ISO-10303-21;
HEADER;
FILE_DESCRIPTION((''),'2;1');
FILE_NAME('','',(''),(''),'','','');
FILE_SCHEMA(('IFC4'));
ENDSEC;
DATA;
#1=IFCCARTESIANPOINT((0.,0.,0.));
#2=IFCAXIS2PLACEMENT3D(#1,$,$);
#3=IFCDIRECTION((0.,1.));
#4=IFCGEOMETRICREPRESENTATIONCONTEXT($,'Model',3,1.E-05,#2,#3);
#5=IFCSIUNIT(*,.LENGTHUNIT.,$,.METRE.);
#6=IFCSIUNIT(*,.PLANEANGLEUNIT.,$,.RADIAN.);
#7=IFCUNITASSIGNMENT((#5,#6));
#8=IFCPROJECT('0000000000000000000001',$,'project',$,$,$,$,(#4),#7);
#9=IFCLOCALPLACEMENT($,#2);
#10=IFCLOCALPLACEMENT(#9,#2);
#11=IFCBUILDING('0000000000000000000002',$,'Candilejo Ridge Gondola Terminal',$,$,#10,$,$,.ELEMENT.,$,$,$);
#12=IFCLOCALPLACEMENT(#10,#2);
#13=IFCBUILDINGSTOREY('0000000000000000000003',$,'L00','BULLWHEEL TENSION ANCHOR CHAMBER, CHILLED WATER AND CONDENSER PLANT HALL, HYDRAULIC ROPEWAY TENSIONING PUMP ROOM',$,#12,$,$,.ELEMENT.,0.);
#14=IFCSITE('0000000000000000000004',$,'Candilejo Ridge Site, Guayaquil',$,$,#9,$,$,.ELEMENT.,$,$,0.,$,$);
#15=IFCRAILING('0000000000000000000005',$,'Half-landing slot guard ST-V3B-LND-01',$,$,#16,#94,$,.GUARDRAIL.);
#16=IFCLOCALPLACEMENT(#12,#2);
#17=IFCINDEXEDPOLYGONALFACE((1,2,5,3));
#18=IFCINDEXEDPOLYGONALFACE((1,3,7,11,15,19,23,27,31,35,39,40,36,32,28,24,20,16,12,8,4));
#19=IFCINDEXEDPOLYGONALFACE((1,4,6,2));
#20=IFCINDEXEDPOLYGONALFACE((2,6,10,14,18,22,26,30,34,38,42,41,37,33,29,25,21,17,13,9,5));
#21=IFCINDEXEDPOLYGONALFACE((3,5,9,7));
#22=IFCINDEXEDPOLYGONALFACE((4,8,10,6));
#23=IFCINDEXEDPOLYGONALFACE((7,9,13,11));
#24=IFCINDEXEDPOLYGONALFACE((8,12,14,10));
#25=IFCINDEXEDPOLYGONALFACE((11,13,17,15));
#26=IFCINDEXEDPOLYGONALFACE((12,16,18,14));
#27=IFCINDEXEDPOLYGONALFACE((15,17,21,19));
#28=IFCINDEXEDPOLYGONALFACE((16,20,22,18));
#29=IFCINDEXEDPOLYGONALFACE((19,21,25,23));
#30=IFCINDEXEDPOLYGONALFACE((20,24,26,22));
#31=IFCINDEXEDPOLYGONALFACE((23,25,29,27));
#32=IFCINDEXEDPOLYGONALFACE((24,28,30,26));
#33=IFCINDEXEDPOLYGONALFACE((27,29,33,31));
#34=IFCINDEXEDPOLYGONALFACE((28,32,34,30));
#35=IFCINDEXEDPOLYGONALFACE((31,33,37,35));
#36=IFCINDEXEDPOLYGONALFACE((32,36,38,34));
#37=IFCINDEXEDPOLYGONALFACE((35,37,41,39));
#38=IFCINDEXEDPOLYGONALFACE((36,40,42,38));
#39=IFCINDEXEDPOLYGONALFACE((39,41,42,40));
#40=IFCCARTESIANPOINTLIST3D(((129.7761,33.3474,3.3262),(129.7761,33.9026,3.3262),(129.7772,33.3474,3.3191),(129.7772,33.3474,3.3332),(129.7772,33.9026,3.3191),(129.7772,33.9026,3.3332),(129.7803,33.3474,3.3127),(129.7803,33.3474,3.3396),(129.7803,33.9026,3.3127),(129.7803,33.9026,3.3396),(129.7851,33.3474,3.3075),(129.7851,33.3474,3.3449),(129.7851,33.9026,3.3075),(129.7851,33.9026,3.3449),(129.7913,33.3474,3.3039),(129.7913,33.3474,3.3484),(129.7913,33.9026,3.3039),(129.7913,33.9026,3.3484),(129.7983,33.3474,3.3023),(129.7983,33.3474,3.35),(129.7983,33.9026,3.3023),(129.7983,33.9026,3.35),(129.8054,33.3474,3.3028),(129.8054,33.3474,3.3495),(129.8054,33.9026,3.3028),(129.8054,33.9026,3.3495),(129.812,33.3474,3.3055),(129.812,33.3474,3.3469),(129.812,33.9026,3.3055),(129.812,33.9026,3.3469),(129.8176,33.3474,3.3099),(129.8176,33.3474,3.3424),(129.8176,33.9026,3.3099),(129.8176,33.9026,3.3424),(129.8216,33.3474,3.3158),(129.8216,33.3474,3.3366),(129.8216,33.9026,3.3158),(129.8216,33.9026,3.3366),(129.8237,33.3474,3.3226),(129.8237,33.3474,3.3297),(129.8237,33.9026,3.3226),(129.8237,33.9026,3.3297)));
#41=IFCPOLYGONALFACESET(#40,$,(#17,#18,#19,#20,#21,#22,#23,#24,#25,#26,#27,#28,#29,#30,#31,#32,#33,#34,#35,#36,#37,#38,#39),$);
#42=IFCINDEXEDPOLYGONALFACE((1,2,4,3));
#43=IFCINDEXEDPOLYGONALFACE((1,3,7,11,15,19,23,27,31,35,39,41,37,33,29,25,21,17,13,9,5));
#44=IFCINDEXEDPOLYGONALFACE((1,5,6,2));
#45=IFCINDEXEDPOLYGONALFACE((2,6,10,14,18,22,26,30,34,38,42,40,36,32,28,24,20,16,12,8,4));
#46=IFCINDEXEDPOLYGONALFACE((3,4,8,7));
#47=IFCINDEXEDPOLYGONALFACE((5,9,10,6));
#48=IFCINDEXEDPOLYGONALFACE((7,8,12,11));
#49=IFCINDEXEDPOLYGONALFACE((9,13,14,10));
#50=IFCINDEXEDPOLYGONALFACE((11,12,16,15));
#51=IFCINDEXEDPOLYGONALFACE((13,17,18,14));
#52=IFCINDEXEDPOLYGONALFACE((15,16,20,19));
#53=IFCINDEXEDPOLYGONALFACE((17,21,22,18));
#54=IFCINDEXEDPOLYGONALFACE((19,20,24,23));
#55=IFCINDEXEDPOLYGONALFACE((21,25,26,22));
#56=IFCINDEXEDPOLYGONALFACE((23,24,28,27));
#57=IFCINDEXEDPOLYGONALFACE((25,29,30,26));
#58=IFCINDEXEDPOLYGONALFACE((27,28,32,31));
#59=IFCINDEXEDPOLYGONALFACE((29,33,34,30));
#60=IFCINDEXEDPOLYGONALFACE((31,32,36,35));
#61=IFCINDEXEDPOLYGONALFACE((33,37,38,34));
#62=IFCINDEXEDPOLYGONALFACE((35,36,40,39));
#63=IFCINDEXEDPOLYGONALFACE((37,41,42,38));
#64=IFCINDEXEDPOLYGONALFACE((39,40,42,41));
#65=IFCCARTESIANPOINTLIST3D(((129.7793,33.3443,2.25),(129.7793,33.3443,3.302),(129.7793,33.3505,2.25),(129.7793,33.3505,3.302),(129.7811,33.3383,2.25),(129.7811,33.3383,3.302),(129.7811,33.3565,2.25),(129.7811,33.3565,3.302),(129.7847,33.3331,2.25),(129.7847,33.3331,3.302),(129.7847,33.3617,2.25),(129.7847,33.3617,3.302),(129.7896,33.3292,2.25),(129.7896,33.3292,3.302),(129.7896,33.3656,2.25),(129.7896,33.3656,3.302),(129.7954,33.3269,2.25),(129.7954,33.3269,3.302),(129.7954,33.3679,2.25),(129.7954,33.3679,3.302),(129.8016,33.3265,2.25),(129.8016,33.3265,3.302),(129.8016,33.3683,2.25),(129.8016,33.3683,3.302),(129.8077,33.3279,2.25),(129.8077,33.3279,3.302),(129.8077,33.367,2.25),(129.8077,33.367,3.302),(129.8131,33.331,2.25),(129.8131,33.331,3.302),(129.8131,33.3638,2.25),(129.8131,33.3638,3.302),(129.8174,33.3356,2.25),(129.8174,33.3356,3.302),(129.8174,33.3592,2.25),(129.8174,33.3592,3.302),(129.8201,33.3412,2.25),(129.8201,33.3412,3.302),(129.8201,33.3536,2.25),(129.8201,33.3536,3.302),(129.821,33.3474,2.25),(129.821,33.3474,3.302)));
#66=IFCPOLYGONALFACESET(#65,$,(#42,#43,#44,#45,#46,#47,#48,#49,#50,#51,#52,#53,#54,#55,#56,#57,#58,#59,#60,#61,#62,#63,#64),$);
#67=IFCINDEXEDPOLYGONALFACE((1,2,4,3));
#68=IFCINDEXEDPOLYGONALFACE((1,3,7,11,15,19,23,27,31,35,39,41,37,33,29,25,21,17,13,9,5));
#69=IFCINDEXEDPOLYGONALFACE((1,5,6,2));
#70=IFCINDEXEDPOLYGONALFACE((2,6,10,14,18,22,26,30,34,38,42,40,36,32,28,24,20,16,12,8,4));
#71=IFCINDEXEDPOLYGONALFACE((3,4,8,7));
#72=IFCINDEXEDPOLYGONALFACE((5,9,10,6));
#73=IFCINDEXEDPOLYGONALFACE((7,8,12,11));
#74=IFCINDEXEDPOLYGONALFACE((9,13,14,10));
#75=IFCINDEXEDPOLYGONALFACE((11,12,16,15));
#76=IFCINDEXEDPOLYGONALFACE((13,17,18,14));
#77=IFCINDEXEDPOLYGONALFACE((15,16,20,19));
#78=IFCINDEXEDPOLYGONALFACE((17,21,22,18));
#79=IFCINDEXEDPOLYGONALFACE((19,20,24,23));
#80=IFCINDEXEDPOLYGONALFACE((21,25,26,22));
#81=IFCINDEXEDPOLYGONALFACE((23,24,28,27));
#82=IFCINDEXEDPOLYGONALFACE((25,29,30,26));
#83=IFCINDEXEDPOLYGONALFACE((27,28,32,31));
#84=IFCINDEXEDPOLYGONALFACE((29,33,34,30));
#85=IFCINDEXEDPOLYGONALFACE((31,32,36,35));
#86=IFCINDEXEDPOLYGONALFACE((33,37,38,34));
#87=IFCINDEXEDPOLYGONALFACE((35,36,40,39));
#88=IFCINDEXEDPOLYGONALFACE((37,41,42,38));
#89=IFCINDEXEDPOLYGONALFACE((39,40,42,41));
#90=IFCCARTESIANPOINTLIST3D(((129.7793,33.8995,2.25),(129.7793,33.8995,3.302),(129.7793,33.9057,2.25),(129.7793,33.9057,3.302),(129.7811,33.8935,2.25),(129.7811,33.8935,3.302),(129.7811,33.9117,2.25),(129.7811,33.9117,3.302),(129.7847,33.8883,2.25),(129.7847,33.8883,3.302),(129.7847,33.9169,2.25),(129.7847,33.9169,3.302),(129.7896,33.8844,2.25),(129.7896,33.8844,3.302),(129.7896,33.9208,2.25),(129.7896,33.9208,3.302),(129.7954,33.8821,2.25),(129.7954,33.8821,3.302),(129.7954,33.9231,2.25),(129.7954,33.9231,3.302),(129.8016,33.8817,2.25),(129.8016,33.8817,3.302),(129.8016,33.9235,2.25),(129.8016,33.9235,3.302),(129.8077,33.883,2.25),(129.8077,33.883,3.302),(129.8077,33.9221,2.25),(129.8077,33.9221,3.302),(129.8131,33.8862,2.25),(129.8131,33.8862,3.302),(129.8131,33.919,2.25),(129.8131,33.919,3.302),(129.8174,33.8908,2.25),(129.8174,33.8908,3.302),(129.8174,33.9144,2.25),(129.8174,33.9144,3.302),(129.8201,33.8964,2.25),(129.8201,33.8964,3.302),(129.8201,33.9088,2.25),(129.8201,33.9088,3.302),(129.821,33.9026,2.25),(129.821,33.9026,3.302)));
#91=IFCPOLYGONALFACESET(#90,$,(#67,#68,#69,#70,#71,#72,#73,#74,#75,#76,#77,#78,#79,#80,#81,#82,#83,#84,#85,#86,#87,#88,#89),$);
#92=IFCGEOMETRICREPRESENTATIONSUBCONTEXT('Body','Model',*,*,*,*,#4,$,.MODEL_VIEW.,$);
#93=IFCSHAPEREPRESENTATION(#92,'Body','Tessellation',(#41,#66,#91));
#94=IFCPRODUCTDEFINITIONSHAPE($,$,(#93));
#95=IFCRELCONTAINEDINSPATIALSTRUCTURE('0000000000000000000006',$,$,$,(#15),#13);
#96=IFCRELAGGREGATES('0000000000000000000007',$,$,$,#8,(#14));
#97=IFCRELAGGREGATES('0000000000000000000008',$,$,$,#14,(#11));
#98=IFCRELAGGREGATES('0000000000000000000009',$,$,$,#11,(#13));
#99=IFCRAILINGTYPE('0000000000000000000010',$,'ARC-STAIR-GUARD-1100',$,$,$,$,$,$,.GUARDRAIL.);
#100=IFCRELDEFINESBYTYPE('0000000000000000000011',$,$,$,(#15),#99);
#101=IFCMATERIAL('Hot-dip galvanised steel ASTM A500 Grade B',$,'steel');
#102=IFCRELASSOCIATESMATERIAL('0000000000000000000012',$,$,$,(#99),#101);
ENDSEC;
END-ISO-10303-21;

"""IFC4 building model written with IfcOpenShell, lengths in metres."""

from ifc_helpers import new_model, si_unit, direction, frame, origin, origin_2d, place, context, subcontext, project, spatial, circle, extrude, material, type_object, element, save


model = new_model("IFC4")

# Units and contexts
model_context = context("Model", 3, precision=1e-05, world=origin(), true_north=direction((0.0, 1.0)))
body_context = subcontext(model_context, "Body", "Model", "MODEL_VIEW")
ifc_project = project(units=[si_unit("LENGTHUNIT", "METRE"), si_unit("PLANEANGLEUNIT", "RADIAN")], contexts=[model_context])

# Site, building, storey
site_placement = place(None, origin())
site = spatial("IfcSite", under=ifc_project, at=site_placement, Name="Candilejo Ridge Site, Guayaquil", CompositionType="ELEMENT", RefElevation=0.0)
building_placement = place(site_placement, origin())
building = spatial("IfcBuilding", under=site, at=building_placement, Name="Candilejo Ridge Gondola Terminal", CompositionType="ELEMENT")
storey_placement = place(building_placement, origin())
storey = spatial("IfcBuildingStorey", under=building, at=storey_placement, Name="L00", Description="BULLWHEEL TENSION ANCHOR CHAMBER, CHILLED WATER AND CONDENSER PLANT HALL, HYDRAULIC ROPEWAY TENSIONING PUMP ROOM", CompositionType="ELEMENT", Elevation=0.0)

# Railing
ifc_material_1 = material(Name="Hot-dip galvanised steel ASTM A500 Grade B", Category="steel")
railing_type_1 = type_object("IfcRailingType", Name="ARC-STAIR-GUARD-1100", PredefinedType="GUARDRAIL", material=ifc_material_1)
railing_1_placement = place(storey_placement, frame((129.8, 33.3474, 2.25)))
element("IfcRailing", 1, at=railing_1_placement, inside=storey, type_object=railing_type_1, Name="Half-landing slot guard ST-V3B-LND-01", PredefinedType="GUARDRAIL", context=body_context, shape_type="SweptSolid", body=[
    extrude(circle(Radius=0.0239, at=origin_2d()), frame((0.0, 0.0, 1.0762), z_axis=(0.0, 1.0, 0.0), x_axis=(-1.0, 0.0, 0.0)), (0.0, 0.0, 1.0), 0.5552),
    extrude(circle(Radius=0.021, at=origin_2d()), origin(), (0.0, 0.0, 1.0), 1.052),
    extrude(circle(Radius=0.021, at=origin_2d()), frame((0.0, 0.5552, 0.0)), (0.0, 0.0, 1.0), 1.052),
])

save(model, "model.ifc")
